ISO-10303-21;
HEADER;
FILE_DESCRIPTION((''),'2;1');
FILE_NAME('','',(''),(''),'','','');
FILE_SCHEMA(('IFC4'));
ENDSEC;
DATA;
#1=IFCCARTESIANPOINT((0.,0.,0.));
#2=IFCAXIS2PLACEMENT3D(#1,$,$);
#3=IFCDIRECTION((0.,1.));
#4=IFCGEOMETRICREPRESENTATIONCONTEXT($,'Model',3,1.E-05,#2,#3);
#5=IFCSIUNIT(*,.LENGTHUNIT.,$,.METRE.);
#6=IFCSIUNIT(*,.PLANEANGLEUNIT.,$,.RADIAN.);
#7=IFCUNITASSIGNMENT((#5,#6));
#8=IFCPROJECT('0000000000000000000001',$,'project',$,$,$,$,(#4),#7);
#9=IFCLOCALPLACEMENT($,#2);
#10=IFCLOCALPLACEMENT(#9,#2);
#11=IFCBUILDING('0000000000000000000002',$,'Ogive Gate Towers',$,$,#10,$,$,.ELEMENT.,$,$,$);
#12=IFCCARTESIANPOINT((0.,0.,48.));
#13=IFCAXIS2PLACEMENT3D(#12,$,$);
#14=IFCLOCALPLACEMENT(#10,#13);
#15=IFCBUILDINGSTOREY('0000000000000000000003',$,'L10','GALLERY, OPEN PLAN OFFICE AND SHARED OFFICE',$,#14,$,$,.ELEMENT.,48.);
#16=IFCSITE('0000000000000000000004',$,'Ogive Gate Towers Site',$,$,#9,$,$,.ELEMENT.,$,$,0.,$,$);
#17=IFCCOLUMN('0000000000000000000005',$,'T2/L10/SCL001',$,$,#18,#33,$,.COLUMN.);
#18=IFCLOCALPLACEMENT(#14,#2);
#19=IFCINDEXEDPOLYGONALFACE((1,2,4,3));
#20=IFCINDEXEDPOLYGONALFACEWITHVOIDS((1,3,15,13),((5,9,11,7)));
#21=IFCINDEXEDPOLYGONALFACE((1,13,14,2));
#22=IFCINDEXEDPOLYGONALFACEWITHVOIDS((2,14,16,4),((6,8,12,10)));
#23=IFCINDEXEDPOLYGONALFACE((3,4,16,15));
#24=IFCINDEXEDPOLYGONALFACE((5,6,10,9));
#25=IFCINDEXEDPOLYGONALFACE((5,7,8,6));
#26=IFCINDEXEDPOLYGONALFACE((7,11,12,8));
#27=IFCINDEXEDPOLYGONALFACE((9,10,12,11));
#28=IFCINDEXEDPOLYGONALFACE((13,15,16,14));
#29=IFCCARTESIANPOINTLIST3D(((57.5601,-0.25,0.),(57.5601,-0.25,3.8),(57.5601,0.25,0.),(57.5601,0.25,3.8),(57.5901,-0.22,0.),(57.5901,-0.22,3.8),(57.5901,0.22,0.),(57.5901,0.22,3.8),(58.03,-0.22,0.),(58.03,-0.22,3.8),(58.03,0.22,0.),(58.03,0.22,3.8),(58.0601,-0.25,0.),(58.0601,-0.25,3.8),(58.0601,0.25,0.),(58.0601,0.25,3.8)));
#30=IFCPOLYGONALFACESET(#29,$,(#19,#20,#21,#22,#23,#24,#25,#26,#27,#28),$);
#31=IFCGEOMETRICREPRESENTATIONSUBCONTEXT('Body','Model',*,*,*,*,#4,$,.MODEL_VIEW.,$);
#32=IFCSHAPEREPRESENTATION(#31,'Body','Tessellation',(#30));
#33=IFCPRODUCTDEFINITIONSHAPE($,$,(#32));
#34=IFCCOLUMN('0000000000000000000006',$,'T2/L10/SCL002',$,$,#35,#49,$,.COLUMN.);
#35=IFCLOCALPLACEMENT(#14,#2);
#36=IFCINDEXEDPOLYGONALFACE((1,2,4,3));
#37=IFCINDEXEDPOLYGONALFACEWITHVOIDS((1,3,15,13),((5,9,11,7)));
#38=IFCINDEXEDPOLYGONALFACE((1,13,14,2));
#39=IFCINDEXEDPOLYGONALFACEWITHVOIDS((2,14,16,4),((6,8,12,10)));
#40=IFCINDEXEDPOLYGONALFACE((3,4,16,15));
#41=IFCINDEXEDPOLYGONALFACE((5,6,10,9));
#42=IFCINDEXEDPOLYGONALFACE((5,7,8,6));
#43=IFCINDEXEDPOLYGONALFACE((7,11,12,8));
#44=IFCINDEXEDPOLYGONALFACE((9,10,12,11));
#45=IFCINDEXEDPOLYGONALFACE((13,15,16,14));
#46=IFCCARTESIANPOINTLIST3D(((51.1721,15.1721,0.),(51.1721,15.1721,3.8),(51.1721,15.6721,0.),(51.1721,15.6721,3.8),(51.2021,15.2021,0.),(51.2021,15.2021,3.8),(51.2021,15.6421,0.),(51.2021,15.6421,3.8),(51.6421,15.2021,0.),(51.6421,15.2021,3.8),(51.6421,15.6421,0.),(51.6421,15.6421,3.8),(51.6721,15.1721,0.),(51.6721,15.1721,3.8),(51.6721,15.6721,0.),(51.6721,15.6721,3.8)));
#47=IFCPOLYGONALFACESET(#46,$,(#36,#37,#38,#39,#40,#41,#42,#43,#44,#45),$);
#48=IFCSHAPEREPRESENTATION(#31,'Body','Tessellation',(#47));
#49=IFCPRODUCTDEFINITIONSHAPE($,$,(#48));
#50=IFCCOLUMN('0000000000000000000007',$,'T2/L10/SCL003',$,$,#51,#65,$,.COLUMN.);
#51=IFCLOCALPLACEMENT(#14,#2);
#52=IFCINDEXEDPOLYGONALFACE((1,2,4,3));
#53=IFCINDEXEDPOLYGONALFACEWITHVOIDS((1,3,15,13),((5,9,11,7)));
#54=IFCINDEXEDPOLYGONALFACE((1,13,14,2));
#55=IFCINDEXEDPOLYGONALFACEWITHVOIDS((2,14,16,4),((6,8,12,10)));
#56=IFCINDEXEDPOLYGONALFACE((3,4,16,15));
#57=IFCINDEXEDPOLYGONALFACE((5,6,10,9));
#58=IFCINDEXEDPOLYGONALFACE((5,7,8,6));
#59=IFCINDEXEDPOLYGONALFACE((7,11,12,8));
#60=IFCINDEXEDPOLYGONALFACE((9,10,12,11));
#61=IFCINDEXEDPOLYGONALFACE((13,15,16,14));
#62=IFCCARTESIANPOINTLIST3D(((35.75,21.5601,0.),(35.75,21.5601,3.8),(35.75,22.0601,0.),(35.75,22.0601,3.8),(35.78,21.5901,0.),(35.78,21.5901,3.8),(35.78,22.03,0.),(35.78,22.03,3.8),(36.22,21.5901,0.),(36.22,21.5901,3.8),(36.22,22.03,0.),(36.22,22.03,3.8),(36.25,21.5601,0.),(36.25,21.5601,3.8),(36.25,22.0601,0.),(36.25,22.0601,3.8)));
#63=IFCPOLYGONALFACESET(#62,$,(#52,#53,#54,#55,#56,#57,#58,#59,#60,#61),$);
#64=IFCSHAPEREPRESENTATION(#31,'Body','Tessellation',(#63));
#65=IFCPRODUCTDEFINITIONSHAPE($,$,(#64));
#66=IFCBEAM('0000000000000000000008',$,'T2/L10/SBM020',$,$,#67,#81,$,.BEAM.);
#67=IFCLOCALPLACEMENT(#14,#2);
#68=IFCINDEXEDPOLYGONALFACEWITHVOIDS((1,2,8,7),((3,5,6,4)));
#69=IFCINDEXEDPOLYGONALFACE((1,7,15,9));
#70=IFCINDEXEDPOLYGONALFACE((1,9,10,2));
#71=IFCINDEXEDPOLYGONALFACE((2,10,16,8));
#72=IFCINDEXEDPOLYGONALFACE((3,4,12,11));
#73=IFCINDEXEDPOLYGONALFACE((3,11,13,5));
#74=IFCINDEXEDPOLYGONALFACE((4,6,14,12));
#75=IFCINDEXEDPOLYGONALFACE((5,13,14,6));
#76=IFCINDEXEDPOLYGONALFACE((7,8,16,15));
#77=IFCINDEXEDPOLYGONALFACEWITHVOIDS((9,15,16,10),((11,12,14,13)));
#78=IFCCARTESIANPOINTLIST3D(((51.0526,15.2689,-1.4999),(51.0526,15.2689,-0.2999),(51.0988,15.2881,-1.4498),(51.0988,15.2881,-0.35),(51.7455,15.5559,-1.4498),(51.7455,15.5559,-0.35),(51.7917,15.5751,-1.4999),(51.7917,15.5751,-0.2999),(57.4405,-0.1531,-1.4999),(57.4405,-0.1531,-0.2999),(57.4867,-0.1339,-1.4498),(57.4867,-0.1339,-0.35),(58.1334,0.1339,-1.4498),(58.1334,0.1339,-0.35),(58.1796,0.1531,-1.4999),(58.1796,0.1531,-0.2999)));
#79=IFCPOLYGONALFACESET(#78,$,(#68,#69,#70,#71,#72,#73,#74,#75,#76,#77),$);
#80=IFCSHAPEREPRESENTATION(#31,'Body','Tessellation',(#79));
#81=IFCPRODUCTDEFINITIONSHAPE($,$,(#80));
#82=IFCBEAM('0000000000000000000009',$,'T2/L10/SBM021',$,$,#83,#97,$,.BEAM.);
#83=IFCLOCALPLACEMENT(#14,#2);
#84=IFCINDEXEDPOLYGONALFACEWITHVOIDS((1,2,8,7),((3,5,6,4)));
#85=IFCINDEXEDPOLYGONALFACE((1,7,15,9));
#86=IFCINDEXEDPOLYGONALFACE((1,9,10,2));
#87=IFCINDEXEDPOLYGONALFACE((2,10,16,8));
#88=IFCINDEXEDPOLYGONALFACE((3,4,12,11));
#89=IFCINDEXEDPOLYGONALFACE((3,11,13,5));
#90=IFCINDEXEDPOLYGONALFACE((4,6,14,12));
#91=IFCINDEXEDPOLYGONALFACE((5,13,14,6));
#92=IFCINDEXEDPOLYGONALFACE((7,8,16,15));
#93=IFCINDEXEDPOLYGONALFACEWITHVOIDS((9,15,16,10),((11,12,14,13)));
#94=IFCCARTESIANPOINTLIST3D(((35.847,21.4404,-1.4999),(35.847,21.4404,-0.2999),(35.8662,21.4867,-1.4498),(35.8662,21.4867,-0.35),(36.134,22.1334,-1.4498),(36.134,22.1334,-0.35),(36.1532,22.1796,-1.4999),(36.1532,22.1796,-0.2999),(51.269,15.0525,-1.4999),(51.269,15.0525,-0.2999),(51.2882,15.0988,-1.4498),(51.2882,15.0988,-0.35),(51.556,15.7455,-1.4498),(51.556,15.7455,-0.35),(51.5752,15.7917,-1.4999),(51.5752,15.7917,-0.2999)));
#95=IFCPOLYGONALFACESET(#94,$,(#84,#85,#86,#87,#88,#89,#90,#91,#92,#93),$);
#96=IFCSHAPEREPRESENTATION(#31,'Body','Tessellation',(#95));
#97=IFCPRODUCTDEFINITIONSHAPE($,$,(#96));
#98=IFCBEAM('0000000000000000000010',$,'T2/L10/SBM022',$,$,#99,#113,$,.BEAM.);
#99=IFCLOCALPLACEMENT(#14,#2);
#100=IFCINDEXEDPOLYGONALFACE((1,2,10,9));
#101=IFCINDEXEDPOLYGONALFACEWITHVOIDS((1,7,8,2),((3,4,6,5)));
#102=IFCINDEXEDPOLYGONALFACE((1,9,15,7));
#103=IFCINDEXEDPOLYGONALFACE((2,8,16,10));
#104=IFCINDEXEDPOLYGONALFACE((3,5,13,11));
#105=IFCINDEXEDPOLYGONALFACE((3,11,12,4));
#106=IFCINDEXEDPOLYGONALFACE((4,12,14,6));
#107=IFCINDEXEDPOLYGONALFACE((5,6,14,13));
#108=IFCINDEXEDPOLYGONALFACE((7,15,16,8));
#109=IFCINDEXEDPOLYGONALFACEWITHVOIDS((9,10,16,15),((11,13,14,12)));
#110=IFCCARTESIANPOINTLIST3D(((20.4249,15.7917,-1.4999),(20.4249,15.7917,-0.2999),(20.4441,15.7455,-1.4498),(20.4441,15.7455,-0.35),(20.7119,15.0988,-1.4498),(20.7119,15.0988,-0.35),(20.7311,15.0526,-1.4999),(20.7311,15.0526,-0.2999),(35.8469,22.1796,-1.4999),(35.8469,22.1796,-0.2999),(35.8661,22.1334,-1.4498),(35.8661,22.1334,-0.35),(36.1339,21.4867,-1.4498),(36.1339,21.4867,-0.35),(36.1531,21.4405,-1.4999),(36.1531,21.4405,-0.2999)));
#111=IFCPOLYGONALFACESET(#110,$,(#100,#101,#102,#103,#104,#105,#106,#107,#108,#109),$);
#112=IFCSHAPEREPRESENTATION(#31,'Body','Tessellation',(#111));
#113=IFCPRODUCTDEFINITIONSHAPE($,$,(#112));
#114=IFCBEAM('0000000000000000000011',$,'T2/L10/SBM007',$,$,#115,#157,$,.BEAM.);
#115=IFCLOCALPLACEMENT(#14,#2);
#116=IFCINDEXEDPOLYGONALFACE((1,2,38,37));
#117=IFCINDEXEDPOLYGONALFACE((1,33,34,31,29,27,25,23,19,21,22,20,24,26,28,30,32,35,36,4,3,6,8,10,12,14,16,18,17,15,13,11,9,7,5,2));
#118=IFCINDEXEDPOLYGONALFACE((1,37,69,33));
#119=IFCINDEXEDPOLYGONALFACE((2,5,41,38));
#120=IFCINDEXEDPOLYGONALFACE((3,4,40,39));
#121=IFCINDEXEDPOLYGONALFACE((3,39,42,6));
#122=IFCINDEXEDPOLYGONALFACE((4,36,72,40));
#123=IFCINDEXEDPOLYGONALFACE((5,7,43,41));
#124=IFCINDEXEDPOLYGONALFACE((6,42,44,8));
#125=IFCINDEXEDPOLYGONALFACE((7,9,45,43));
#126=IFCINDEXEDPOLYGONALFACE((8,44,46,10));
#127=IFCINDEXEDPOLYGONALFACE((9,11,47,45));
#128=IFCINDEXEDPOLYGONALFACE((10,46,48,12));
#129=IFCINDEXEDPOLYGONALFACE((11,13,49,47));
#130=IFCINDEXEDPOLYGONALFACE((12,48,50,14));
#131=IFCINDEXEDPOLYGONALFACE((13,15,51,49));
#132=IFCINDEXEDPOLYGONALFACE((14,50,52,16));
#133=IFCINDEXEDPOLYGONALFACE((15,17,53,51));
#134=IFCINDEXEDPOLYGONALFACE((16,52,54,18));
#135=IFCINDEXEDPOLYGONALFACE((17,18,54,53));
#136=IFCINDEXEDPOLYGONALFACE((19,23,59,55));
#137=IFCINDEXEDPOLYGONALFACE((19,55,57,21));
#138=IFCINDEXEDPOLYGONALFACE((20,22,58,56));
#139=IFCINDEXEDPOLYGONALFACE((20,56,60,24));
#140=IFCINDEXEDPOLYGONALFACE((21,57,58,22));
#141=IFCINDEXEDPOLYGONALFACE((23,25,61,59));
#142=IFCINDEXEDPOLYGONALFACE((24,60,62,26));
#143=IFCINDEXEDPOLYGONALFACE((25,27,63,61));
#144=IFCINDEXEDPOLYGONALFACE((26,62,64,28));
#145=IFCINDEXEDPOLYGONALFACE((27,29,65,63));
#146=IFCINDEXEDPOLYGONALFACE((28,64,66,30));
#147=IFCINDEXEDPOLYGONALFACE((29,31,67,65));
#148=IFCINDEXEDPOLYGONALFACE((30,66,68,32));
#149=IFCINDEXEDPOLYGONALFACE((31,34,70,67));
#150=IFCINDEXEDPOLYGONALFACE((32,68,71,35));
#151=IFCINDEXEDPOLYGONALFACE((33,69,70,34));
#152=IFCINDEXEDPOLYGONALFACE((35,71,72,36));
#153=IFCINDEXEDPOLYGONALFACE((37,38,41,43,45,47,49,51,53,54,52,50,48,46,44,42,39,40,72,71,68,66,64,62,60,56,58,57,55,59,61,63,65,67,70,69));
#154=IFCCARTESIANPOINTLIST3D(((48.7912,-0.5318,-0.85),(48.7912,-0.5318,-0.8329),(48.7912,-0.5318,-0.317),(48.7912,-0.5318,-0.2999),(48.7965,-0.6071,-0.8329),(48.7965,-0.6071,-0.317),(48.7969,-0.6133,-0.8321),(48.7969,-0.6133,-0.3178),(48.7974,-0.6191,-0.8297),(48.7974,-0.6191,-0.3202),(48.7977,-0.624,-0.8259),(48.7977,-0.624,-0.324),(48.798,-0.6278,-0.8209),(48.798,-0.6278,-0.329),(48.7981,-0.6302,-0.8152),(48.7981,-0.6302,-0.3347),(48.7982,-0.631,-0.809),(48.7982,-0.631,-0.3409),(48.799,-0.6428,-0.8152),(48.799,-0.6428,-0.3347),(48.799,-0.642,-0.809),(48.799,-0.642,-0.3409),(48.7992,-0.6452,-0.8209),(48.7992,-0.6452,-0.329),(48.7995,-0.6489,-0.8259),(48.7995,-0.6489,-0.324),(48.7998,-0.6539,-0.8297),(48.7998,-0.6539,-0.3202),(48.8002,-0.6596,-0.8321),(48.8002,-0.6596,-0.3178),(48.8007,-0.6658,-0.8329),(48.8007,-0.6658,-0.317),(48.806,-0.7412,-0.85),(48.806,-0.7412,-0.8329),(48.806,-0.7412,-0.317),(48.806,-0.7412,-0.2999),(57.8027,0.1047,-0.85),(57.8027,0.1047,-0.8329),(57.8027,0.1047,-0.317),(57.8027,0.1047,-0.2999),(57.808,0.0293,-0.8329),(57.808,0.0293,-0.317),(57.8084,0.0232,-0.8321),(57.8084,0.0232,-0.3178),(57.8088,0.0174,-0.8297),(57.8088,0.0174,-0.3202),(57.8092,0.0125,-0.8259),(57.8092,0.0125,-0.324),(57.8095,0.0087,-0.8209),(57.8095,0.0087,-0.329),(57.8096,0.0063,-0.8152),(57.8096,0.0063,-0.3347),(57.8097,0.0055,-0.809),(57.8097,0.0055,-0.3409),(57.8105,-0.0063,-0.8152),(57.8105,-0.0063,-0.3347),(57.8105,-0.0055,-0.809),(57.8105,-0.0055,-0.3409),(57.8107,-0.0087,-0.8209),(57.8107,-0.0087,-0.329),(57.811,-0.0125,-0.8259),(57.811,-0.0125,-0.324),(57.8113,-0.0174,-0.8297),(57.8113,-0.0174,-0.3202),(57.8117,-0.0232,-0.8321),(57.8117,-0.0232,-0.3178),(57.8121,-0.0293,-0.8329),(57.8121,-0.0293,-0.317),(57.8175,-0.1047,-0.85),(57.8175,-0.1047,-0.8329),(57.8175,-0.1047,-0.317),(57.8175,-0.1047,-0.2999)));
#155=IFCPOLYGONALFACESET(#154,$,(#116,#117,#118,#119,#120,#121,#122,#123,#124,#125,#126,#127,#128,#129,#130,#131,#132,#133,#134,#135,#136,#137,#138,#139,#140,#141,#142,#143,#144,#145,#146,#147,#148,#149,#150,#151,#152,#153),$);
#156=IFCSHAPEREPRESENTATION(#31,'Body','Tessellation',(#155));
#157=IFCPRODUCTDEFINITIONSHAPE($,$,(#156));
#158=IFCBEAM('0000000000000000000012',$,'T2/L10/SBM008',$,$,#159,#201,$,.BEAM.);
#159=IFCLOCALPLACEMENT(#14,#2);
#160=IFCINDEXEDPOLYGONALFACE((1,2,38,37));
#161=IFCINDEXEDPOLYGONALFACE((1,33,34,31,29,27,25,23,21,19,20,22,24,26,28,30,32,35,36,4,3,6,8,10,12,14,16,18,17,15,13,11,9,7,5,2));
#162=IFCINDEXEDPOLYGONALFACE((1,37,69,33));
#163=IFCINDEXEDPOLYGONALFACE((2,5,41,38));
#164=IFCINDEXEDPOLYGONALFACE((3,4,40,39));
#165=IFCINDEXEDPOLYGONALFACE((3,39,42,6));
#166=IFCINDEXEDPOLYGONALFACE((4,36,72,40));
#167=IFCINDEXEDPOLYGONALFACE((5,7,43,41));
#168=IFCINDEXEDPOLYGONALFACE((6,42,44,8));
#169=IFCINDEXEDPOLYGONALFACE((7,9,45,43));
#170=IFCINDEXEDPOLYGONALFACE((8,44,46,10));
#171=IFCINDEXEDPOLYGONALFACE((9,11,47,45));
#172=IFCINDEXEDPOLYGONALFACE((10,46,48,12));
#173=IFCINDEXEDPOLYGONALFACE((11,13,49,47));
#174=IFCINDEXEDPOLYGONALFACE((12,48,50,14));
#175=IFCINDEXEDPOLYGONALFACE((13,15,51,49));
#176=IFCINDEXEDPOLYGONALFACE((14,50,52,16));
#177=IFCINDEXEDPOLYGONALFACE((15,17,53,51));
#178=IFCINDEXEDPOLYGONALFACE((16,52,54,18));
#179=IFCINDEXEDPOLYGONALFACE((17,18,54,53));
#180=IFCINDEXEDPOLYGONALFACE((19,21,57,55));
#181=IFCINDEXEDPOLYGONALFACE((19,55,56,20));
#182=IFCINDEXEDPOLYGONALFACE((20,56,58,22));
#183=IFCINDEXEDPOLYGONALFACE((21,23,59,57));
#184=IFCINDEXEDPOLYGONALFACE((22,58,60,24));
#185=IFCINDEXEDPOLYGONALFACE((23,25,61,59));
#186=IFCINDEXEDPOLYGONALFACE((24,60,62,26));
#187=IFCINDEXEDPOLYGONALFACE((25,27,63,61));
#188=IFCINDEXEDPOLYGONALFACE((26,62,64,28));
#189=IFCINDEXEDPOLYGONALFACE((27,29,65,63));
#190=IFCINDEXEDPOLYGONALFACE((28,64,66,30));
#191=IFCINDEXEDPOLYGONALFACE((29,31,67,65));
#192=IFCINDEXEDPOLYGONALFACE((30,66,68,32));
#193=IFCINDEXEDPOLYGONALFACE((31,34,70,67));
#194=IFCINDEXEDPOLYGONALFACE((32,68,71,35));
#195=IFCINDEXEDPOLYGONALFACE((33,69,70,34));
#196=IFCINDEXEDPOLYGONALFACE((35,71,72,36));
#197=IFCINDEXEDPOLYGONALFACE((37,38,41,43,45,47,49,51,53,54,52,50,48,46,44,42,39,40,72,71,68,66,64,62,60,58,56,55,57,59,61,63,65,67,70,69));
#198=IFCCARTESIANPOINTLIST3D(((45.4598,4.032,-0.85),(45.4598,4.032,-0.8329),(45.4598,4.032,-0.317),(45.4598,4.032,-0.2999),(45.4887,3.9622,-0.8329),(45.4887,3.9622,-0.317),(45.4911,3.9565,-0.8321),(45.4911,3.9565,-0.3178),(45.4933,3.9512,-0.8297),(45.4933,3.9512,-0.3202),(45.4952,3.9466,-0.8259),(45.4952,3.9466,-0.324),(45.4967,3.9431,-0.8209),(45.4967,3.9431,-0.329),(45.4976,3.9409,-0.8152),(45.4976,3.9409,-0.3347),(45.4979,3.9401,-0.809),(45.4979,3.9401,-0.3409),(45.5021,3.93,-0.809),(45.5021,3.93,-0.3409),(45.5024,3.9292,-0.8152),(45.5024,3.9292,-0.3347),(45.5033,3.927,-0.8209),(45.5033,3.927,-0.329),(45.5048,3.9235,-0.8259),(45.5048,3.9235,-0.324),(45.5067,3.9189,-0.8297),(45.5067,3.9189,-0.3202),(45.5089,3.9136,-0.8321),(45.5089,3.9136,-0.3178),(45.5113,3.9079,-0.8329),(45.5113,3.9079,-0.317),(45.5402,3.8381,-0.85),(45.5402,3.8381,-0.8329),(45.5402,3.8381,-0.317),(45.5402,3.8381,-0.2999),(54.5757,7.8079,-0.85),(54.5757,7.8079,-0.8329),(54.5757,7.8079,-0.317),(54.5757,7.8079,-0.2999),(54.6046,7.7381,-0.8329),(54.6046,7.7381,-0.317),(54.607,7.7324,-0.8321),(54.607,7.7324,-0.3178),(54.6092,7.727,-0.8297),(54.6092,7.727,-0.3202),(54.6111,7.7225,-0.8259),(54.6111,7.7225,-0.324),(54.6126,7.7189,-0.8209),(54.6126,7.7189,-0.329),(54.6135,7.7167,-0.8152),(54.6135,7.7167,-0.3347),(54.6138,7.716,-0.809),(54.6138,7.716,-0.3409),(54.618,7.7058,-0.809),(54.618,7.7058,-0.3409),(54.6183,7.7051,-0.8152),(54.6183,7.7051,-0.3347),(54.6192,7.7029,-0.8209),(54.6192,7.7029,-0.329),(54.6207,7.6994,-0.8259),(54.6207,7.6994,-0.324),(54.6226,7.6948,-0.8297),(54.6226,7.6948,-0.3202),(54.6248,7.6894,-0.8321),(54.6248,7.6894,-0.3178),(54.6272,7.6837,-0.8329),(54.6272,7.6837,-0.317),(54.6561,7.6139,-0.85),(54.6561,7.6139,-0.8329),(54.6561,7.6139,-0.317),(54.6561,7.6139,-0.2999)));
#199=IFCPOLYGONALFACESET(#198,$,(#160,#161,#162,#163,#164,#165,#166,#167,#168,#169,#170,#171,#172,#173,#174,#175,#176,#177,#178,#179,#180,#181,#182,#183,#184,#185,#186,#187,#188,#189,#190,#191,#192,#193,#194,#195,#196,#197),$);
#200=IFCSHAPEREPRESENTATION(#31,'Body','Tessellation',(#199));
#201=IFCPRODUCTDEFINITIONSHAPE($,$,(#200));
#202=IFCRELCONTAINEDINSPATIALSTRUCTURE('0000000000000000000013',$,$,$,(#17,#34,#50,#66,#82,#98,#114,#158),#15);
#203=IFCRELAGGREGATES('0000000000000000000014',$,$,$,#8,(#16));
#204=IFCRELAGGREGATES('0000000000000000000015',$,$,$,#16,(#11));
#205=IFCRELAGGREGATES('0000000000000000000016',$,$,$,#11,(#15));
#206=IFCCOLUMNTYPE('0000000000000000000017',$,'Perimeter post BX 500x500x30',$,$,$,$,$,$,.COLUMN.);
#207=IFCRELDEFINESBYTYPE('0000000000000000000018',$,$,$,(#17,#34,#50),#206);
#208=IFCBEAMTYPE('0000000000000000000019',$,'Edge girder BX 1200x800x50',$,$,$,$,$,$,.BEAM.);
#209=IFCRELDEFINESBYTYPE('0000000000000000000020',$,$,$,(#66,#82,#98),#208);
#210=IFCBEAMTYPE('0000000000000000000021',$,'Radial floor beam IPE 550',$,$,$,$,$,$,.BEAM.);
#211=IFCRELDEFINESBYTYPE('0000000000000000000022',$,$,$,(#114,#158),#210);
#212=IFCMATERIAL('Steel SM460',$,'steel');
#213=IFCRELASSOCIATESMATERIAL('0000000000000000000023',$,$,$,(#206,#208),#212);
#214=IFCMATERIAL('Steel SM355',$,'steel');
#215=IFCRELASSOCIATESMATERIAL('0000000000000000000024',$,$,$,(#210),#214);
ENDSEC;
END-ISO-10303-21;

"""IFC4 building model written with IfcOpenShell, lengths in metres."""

from ifc_helpers import new_model, si_unit, direction, frame, origin, origin_2d, place, context, subcontext, project, spatial, hollow_rectangle, i_section, extrude, material, material_profile, profile_set, type_object, element, save


model = new_model("IFC4")

# Units and contexts
model_context = context("Model", 3, precision=1e-05, world=origin(), true_north=direction((0.0, 1.0)))
body_context = subcontext(model_context, "Body", "Model", "MODEL_VIEW")
ifc_project = project(units=[si_unit("LENGTHUNIT", "METRE"), si_unit("PLANEANGLEUNIT", "RADIAN")], contexts=[model_context])

# Site, building, storey
site_placement = place(None, origin())
site = spatial("IfcSite", under=ifc_project, at=site_placement, Name="Ogive Gate Towers Site", CompositionType="ELEMENT", RefElevation=0.0)
building_placement = place(site_placement, origin())
building = spatial("IfcBuilding", under=site, at=building_placement, Name="Ogive Gate Towers", CompositionType="ELEMENT")
storey_placement = place(building_placement, frame((0.0, 0.0, 48.0)))
storey = spatial("IfcBuildingStorey", under=building, at=storey_placement, Name="L10", Description="GALLERY, OPEN PLAN OFFICE AND SHARED OFFICE", CompositionType="ELEMENT", Elevation=48.0)

# Columns
ifc_material_1 = material(Name="Steel SM460", Category="steel")
ifc_material_profile_1 = material_profile(ifc_material_1, hollow_rectangle(XDim=0.5, YDim=0.5, WallThickness=0.03, at=origin_2d()), Name="BX 500x500x30")
ifc_profile_set_1 = profile_set([ifc_material_profile_1], Name="Steel SM460")
column_type = type_object("IfcColumnType", Name="Perimeter post BX 500x500x30", PredefinedType="COLUMN", material=ifc_profile_set_1)
for number, where, z_axis, x_axis, name in (
    (1, (57.8101, 0.0, 0.0), (0.0, 0.0, 1.0), (1.0, 0.0, 0.0), "T2/L10/SCL001"),
    (2, (51.4221, 15.4221, 0.0), (0.0, 0.0, 1.0), (1.0, 0.0, 0.0), "T2/L10/SCL002"),
    (3, (36.0, 21.8101, 0.0), (0.0, 0.0, 1.0), (1.0, 0.0, 0.0), "T2/L10/SCL003"),
):
    element("IfcColumn", number, at=place(storey_placement, frame(where, z_axis=z_axis, x_axis=x_axis)), inside=storey, type_object=column_type, Name=name, PredefinedType="COLUMN", context=body_context, shape_type="SweptSolid", body=[
        extrude(hollow_rectangle(XDim=0.5, YDim=0.5, WallThickness=0.03, at=origin_2d()), origin(), (0.0, 0.0, 1.0), 3.8),
    ])

# Beams
ifc_material_profile_2 = material_profile(ifc_material_1, hollow_rectangle(XDim=0.8, YDim=1.2, WallThickness=0.05, at=origin_2d()), Name="BX 1200x800x50")
ifc_profile_set_2 = profile_set([ifc_material_profile_2], Name="Steel SM460")
beam_type_1 = type_object("IfcBeamType", Name="Edge girder BX 1200x800x50", PredefinedType="BEAM", material=ifc_profile_set_2)
for number, where, z_axis, x_axis, name in (
    (4, (57.8101, 0.0, -0.8999), (-0.382678, 0.923882, 0.0), (-0.923882, -0.382678, 0.0), "T2/L10/SBM020"),
    (5, (51.4221, 15.4221, -0.8999), (-0.923882, 0.382678, 0.0), (-0.382678, -0.923882, 0.0), "T2/L10/SBM021"),
    (6, (36.0, 21.8101, -0.8999), (-0.923882, -0.382678, 0.0), (0.382678, -0.923882, 0.0), "T2/L10/SBM022"),
):
    element("IfcBeam", number, at=place(storey_placement, frame(where, z_axis=z_axis, x_axis=x_axis)), inside=storey, type_object=beam_type_1, Name=name, PredefinedType="BEAM", context=body_context, shape_type="SweptSolid", body=[
        extrude(hollow_rectangle(XDim=0.8, YDim=1.2, WallThickness=0.05, at=origin_2d()), origin(), (0.0, 0.0, 1.0), 16.6926),
    ])
ifc_material_2 = material(Name="Steel SM355", Category="steel")
ifc_material_profile_3 = material_profile(ifc_material_2, i_section(OverallWidth=0.21, OverallDepth=0.55, WebThickness=0.011, FlangeThickness=0.0171, FilletRadius=0.0239, at=origin_2d()), Name="IPE 550")
ifc_profile_set_3 = profile_set([ifc_material_profile_3], Name="Steel SM355")
beam_type_2 = type_object("IfcBeamType", Name="Radial floor beam IPE 550", PredefinedType="BEAM", material=ifc_profile_set_3)
beam_1_placement = place(storey_placement, frame((48.7986, -0.6365, -0.575), z_axis=(0.997515, 0.070454, 0.0), x_axis=(-0.070454, 0.997515, 0.0)))
element("IfcBeam", 7, at=beam_1_placement, inside=storey, type_object=beam_type_2, Name="T2/L10/SBM007", PredefinedType="BEAM", context=body_context, shape_type="SweptSolid", body=[
    extrude(i_section(OverallWidth=0.21, OverallDepth=0.55, WebThickness=0.011, FlangeThickness=0.0171, FilletRadius=0.0239, at=origin_2d()), origin(), (0.0, 0.0, 1.0), 9.0339),
])
for number, where, z_axis, x_axis, name in (
    (8, (45.5, 3.9351, -0.575), (0.923882, 0.382677, 0.0), (-0.382677, 0.923882, 0.0), "T2/L10/SBM008"),
):
    element("IfcBeam", number, at=place(storey_placement, frame(where, z_axis=z_axis, x_axis=x_axis)), inside=storey, type_object=beam_type_2, Name=name, PredefinedType="BEAM", context=body_context, shape_type="SweptSolid", body=[
        extrude(i_section(OverallWidth=0.21, OverallDepth=0.55, WebThickness=0.011, FlangeThickness=0.0171, FilletRadius=0.0239, at=origin_2d()), origin(), (0.0, 0.0, 1.0), 9.8669),
    ])

save(model, "model.ifc")
